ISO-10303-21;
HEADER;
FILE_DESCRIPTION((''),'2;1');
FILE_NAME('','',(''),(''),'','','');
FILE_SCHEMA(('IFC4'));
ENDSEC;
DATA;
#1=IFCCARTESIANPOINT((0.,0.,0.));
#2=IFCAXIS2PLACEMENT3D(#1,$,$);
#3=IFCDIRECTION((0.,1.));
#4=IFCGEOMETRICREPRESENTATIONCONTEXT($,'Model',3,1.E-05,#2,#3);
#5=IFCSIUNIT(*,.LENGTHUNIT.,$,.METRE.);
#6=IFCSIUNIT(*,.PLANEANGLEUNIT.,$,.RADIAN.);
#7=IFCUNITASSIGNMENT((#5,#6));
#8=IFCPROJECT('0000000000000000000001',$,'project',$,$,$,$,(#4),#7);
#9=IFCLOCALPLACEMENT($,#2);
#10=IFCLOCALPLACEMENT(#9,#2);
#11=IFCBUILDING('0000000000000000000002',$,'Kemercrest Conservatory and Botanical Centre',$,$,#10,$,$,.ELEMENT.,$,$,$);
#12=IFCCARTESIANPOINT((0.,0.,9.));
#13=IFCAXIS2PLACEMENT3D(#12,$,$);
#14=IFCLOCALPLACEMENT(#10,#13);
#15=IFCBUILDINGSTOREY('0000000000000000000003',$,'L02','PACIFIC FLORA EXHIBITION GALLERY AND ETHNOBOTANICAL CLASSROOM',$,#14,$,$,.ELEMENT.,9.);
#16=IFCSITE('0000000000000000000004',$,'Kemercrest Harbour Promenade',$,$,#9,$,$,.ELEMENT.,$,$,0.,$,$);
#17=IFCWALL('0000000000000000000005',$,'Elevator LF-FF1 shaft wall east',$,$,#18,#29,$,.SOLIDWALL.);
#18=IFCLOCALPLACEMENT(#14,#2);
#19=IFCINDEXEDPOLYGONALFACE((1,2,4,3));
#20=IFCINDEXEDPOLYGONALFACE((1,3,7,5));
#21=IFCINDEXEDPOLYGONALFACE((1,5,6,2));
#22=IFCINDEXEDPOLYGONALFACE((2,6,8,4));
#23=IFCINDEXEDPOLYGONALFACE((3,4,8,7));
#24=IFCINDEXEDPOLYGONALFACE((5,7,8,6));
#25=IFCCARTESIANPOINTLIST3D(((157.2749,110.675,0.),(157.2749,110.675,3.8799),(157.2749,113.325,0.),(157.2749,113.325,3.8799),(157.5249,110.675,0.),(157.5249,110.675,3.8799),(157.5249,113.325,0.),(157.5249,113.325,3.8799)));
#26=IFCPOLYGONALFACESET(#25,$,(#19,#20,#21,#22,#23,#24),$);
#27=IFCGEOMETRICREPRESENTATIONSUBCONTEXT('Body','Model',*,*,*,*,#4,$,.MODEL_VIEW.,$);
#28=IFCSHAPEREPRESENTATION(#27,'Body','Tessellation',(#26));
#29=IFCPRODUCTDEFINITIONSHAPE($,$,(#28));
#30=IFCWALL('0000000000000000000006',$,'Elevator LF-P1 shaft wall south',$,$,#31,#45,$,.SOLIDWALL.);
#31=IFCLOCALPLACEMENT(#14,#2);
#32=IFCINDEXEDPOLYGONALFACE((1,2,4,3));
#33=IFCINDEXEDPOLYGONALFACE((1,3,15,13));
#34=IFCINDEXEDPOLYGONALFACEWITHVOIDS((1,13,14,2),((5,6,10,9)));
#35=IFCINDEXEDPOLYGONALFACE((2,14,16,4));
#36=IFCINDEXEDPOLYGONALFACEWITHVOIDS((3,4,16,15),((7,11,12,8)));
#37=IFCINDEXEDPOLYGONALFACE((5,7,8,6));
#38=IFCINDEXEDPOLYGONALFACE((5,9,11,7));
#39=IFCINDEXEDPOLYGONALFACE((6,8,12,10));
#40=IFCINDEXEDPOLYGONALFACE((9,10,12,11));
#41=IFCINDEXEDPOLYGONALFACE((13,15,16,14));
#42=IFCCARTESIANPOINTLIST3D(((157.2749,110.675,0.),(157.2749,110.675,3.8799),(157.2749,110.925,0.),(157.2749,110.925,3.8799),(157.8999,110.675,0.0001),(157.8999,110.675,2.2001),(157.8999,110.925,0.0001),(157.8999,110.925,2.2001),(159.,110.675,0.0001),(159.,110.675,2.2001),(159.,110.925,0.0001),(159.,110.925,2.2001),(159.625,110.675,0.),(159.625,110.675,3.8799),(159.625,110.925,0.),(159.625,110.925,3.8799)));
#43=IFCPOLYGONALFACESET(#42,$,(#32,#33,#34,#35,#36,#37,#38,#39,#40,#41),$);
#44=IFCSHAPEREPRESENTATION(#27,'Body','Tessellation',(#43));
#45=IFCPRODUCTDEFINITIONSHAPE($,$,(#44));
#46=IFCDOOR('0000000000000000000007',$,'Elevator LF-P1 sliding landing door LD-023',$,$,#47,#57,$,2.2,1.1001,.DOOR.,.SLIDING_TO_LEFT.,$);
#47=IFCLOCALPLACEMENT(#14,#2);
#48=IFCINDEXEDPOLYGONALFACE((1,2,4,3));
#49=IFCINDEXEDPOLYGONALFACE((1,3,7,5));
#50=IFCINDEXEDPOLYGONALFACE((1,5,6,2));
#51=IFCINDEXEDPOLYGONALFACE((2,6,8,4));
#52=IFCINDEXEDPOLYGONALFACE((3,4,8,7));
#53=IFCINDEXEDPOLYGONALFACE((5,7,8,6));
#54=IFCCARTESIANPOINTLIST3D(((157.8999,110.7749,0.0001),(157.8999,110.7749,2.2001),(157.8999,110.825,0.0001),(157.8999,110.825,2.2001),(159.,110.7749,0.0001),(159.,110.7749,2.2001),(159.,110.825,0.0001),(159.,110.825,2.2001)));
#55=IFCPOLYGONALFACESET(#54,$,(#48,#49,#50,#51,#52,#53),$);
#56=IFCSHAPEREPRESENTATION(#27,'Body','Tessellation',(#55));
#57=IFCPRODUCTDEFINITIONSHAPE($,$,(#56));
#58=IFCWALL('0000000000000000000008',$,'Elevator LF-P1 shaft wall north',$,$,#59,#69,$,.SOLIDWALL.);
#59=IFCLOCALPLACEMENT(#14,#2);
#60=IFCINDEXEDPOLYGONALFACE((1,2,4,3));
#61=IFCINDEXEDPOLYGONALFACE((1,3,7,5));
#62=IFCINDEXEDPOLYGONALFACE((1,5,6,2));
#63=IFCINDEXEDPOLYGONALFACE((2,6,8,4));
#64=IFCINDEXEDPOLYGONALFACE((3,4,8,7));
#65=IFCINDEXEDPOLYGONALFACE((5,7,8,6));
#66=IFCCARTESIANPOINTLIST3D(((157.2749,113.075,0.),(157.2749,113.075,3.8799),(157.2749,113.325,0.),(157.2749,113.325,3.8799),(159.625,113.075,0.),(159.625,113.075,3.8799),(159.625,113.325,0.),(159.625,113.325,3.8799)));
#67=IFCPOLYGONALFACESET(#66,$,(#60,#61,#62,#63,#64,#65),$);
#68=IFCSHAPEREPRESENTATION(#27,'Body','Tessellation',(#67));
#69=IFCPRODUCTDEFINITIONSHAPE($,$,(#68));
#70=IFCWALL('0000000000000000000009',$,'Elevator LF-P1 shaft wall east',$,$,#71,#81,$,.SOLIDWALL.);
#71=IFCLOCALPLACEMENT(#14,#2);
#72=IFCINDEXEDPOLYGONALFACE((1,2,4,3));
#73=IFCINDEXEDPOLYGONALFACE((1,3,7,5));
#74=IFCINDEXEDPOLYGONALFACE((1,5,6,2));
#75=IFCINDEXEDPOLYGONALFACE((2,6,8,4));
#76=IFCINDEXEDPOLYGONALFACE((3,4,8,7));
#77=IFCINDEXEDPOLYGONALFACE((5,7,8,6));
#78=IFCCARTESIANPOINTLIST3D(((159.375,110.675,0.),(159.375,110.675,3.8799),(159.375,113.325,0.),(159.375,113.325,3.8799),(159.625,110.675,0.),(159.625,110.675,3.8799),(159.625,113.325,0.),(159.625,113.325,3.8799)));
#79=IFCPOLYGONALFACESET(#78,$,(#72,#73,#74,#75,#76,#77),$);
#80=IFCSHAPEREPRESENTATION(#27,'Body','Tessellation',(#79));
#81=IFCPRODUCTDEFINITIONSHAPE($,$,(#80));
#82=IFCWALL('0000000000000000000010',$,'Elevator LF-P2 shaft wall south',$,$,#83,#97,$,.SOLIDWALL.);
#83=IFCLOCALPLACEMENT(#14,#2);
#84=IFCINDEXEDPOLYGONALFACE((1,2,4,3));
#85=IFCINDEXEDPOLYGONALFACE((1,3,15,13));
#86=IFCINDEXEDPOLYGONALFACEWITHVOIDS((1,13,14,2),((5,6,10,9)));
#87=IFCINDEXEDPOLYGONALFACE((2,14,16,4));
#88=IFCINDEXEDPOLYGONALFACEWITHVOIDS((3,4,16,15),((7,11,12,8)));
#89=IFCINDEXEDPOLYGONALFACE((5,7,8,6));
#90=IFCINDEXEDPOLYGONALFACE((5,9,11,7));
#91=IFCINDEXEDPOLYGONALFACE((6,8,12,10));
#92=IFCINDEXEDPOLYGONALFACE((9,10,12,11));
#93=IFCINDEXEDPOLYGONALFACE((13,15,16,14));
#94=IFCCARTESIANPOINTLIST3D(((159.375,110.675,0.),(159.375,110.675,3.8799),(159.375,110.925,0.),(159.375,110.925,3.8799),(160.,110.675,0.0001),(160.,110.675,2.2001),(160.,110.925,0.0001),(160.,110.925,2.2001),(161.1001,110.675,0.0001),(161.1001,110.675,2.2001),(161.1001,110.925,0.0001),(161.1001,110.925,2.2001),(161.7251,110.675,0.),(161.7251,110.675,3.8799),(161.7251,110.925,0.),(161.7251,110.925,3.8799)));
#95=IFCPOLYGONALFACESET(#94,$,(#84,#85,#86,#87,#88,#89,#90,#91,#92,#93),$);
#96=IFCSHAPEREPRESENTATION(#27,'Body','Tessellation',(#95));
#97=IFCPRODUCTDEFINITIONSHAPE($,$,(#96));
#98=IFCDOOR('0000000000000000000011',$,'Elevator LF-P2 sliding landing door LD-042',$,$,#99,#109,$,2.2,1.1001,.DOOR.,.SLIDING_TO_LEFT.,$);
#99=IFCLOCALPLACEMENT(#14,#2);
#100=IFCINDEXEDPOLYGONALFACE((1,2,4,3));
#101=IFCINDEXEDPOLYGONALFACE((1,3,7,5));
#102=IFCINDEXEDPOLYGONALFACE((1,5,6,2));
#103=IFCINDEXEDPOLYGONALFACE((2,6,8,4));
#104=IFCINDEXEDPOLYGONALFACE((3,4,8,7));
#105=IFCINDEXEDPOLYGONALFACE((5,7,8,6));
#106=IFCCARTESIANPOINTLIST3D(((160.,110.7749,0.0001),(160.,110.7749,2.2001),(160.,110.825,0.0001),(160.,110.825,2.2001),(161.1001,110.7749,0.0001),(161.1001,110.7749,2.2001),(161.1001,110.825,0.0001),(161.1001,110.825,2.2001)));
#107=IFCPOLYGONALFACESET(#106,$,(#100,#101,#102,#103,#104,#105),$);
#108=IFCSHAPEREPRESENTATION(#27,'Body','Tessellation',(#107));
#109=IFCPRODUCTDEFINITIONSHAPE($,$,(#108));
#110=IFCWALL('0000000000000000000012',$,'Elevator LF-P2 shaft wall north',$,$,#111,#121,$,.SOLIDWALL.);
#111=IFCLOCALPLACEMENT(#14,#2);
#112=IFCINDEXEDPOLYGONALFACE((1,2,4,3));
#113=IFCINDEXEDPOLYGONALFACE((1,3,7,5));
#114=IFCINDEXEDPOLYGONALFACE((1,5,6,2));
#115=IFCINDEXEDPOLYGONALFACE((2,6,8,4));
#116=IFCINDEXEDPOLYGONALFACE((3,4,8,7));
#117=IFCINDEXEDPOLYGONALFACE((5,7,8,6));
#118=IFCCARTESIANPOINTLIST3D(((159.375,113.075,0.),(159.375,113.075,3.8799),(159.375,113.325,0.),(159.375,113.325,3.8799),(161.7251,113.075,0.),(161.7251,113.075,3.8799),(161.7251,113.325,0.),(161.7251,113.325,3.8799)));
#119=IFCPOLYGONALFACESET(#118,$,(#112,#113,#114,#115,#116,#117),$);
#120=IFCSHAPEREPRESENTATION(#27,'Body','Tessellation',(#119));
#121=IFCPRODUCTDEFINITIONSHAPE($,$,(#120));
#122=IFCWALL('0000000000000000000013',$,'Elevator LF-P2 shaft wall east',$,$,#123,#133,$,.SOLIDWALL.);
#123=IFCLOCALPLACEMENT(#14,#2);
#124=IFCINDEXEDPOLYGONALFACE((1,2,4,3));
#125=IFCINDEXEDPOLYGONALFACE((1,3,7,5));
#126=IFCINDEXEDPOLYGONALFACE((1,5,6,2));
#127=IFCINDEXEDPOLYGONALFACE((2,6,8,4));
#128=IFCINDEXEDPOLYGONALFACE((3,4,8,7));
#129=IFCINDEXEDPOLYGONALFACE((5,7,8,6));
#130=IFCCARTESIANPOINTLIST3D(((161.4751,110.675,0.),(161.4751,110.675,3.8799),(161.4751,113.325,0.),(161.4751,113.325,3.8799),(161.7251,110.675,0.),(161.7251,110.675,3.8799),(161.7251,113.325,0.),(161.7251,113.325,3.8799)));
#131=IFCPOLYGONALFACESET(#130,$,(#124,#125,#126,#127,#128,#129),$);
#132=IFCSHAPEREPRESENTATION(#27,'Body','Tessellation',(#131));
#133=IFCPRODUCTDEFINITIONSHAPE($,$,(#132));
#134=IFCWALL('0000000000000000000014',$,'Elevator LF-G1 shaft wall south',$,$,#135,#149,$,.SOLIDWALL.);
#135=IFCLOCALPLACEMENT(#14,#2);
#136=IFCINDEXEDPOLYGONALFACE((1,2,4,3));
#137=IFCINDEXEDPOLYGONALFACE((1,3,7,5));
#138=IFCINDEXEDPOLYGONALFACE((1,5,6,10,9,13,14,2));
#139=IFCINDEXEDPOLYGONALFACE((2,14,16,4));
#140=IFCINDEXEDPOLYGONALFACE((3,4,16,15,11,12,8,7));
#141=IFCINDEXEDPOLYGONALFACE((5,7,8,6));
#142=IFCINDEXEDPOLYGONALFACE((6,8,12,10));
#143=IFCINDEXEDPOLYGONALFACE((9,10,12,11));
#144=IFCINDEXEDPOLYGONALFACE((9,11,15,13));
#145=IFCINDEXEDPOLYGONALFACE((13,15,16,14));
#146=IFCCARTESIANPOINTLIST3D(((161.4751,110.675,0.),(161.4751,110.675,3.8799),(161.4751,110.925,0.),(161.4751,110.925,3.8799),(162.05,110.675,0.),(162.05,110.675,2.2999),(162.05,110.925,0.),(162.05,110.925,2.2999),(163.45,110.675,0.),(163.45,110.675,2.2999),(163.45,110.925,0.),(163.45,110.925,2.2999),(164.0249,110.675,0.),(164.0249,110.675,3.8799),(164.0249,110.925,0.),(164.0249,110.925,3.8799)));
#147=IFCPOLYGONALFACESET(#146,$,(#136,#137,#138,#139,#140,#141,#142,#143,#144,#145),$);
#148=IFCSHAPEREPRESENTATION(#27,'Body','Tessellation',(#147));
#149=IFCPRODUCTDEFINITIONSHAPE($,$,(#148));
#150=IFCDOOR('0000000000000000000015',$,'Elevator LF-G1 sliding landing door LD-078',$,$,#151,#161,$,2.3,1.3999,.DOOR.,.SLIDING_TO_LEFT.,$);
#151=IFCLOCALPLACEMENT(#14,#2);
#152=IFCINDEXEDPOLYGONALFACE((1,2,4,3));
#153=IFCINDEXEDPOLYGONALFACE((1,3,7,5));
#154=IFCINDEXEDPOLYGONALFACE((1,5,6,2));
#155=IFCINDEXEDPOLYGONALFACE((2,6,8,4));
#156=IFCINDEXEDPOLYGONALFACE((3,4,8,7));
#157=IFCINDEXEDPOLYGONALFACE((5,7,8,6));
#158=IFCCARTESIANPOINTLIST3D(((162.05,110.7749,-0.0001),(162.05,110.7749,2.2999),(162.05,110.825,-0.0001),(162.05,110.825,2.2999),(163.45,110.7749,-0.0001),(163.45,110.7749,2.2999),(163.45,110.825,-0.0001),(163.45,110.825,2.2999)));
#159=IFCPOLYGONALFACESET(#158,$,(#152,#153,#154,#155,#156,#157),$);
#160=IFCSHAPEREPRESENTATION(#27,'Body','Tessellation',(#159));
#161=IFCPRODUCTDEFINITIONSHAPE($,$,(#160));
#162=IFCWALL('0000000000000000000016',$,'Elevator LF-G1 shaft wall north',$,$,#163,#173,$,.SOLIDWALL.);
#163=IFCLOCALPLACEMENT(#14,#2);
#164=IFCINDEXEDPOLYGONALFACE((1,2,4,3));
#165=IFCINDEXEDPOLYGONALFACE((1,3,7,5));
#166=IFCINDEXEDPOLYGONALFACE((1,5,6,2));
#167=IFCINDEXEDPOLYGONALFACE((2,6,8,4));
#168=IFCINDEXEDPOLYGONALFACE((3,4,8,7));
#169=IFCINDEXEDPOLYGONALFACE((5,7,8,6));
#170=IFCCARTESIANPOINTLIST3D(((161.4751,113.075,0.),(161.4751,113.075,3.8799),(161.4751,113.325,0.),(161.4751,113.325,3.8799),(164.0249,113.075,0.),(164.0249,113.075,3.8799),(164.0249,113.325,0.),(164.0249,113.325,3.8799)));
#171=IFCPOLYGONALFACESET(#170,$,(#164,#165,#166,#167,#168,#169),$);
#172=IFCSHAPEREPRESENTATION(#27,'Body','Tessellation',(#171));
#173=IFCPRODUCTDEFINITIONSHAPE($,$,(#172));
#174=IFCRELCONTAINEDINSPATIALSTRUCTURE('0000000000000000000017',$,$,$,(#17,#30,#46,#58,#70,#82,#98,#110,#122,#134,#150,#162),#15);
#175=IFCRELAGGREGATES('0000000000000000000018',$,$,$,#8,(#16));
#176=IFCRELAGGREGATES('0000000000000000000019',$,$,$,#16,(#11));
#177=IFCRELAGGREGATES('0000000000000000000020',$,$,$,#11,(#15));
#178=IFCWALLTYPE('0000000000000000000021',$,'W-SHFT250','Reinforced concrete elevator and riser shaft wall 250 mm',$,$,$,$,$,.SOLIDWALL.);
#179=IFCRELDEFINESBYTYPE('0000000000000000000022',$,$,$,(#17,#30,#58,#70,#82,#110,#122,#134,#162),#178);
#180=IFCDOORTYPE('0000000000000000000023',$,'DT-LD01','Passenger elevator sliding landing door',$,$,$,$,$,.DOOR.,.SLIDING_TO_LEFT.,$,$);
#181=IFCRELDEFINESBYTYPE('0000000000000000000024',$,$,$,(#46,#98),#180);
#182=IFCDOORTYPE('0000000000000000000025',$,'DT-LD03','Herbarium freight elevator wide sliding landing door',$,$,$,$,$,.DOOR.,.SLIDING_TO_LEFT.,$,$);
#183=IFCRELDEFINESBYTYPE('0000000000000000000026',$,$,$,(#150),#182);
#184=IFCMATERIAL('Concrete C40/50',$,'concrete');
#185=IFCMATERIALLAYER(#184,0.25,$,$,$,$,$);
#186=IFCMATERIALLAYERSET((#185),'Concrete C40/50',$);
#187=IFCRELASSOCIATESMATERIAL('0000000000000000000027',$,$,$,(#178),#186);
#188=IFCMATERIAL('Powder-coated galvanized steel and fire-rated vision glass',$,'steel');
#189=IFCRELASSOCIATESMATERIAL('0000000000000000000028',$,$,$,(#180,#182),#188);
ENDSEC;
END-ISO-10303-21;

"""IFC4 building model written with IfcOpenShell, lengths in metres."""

from ifc_helpers import new_model, si_unit, direction, frame, frame_2d, origin, place, context, subcontext, project, spatial, rectangle, extrude, material, layer, layer_set, type_object, element, fill, save


model = new_model("IFC4")

# Units and contexts
model_context = context("Model", 3, precision=1e-05, world=origin(), true_north=direction((0.0, 1.0)))
body_context = subcontext(model_context, "Body", "Model", "MODEL_VIEW")
ifc_project = project(units=[si_unit("LENGTHUNIT", "METRE"), si_unit("PLANEANGLEUNIT", "RADIAN")], contexts=[model_context])

# Site, building, storey
site_placement = place(None, origin())
site = spatial("IfcSite", under=ifc_project, at=site_placement, Name="Kemercrest Harbour Promenade", CompositionType="ELEMENT", RefElevation=0.0)
building_placement = place(site_placement, origin())
building = spatial("IfcBuilding", under=site, at=building_placement, Name="Kemercrest Conservatory and Botanical Centre", CompositionType="ELEMENT")
storey_placement = place(building_placement, frame((0.0, 0.0, 9.0)))
storey = spatial("IfcBuildingStorey", under=building, at=storey_placement, Name="L02", Description="PACIFIC FLORA EXHIBITION GALLERY AND ETHNOBOTANICAL CLASSROOM", CompositionType="ELEMENT", Elevation=9.0)

# Shared definitions
ifc_material_1 = material(Name="Concrete C40/50", Category="concrete")

# Shared definitions
ifc_layer_1 = layer(ifc_material_1, 0.25)
ifc_layer_set_1 = layer_set([ifc_layer_1], Name="Concrete C40/50")
wall_type_1 = type_object("IfcWallType", Name="W-SHFT250", Description="Reinforced concrete elevator and riser shaft wall 250 mm", PredefinedType="SOLIDWALL", material=ifc_layer_set_1)
ifc_material_2 = material(Name="Powder-coated galvanized steel and fire-rated vision glass", Category="steel")

# Wall
wall_1_placement = place(storey_placement, frame((157.3999, 110.675, 0.0), z_axis=(0.0, 0.0, 1.0), x_axis=(0.0, 1.0, 0.0)))
element("IfcWall", 1, at=wall_1_placement, inside=storey, type_object=wall_type_1, Name="Elevator LF-FF1 shaft wall east", PredefinedType="SOLIDWALL", context=body_context, shape_type="SweptSolid", body=[
    extrude(rectangle(XDim=2.6499, YDim=0.25, at=frame_2d((1.325, 0.0))), origin(), (0.0, 0.0, 1.0), 3.8799),
])

# Wall, opening, door
wall_2_placement = place(storey_placement, frame((157.2749, 110.8, 0.0), z_axis=(0.0, 0.0, 1.0), x_axis=(1.0, 0.0, 0.0)))
wall_2 = element("IfcWall", 2, at=wall_2_placement, inside=storey, type_object=wall_type_1, Name="Elevator LF-P1 shaft wall south", PredefinedType="SOLIDWALL", context=body_context, shape_type="SweptSolid", body=[
    extrude(rectangle(XDim=2.3501, YDim=0.25, at=frame_2d((1.175, 0.0))), origin(), (0.0, 0.0, 1.0), 3.8799),
])
opening_1_placement = place(wall_2_placement, frame((0.625, 0.0, 0.0)))
opening_1 = element("IfcOpeningElement", 3, at=opening_1_placement, cuts=wall_2, PredefinedType="OPENING", context=body_context, shape_type="SweptSolid", body=[
    extrude(rectangle(XDim=1.1001, YDim=2.2, at=frame_2d((0.55, 1.1001))), frame((0.0, 0.135, 0.0), z_axis=(0.0, -1.0, 0.0), x_axis=(1.0, 0.0, 0.0)), (0.0, 0.0, 1.0), 0.27),
])
door_type_1 = type_object("IfcDoorType", Name="DT-LD01", Description="Passenger elevator sliding landing door", OperationType="SLIDING_TO_LEFT", PredefinedType="DOOR", material=ifc_material_2)
door_1_placement = place(opening_1_placement, origin())
door_1 = element("IfcDoor", 4, at=door_1_placement, inside=storey, type_object=door_type_1, Name="Elevator LF-P1 sliding landing door LD-023", OperationType="SLIDING_TO_LEFT", OverallHeight=2.2, OverallWidth=1.1001, PredefinedType="DOOR", context=body_context, shape_type="SweptSolid", body=[
    extrude(rectangle(XDim=1.1001, YDim=2.2, at=frame_2d((0.55, 1.1001))), frame((0.0, 0.0249, 0.0), z_axis=(0.0, -1.0, 0.0), x_axis=(1.0, 0.0, 0.0)), (0.0, 0.0, 1.0), 0.05),
])
fill(opening_1, door_1)

# Walls
wall_3_placement = place(storey_placement, frame((157.2749, 113.2, 0.0), z_axis=(0.0, 0.0, 1.0), x_axis=(1.0, 0.0, 0.0)))
element("IfcWall", 5, at=wall_3_placement, inside=storey, type_object=wall_type_1, Name="Elevator LF-P1 shaft wall north", PredefinedType="SOLIDWALL", context=body_context, shape_type="SweptSolid", body=[
    extrude(rectangle(XDim=2.3501, YDim=0.25, at=frame_2d((1.175, 0.0))), origin(), (0.0, 0.0, 1.0), 3.8799),
])
wall_4_placement = place(storey_placement, frame((159.5, 110.675, 0.0), z_axis=(0.0, 0.0, 1.0), x_axis=(0.0, 1.0, 0.0)))
element("IfcWall", 6, at=wall_4_placement, inside=storey, type_object=wall_type_1, Name="Elevator LF-P1 shaft wall east", PredefinedType="SOLIDWALL", context=body_context, shape_type="SweptSolid", body=[
    extrude(rectangle(XDim=2.6499, YDim=0.25, at=frame_2d((1.325, 0.0))), origin(), (0.0, 0.0, 1.0), 3.8799),
])

# Wall, opening, door
wall_5_placement = place(storey_placement, frame((159.375, 110.8, 0.0), z_axis=(0.0, 0.0, 1.0), x_axis=(1.0, 0.0, 0.0)))
wall_5 = element("IfcWall", 7, at=wall_5_placement, inside=storey, type_object=wall_type_1, Name="Elevator LF-P2 shaft wall south", PredefinedType="SOLIDWALL", context=body_context, shape_type="SweptSolid", body=[
    extrude(rectangle(XDim=2.3501, YDim=0.25, at=frame_2d((1.175, 0.0))), origin(), (0.0, 0.0, 1.0), 3.8799),
])
opening_2_placement = place(wall_5_placement, frame((0.625, 0.0, 0.0)))
opening_2 = element("IfcOpeningElement", 8, at=opening_2_placement, cuts=wall_5, PredefinedType="OPENING", context=body_context, shape_type="SweptSolid", body=[
    extrude(rectangle(XDim=1.1001, YDim=2.2, at=frame_2d((0.55, 1.1001))), frame((0.0, 0.135, 0.0), z_axis=(0.0, -1.0, 0.0), x_axis=(1.0, 0.0, 0.0)), (0.0, 0.0, 1.0), 0.27),
])
door_2_placement = place(opening_2_placement, origin())
door_2 = element("IfcDoor", 9, at=door_2_placement, inside=storey, type_object=door_type_1, Name="Elevator LF-P2 sliding landing door LD-042", OperationType="SLIDING_TO_LEFT", OverallHeight=2.2, OverallWidth=1.1001, PredefinedType="DOOR", context=body_context, shape_type="SweptSolid", body=[
    extrude(rectangle(XDim=1.1001, YDim=2.2, at=frame_2d((0.55, 1.1001))), frame((0.0, 0.0249, 0.0), z_axis=(0.0, -1.0, 0.0), x_axis=(1.0, 0.0, 0.0)), (0.0, 0.0, 1.0), 0.05),
])
fill(opening_2, door_2)

# Walls
wall_6_placement = place(storey_placement, frame((159.375, 113.2, 0.0), z_axis=(0.0, 0.0, 1.0), x_axis=(1.0, 0.0, 0.0)))
element("IfcWall", 10, at=wall_6_placement, inside=storey, type_object=wall_type_1, Name="Elevator LF-P2 shaft wall north", PredefinedType="SOLIDWALL", context=body_context, shape_type="SweptSolid", body=[
    extrude(rectangle(XDim=2.3501, YDim=0.25, at=frame_2d((1.175, 0.0))), origin(), (0.0, 0.0, 1.0), 3.8799),
])
wall_7_placement = place(storey_placement, frame((161.6001, 110.675, 0.0), z_axis=(0.0, 0.0, 1.0), x_axis=(0.0, 1.0, 0.0)))
element("IfcWall", 11, at=wall_7_placement, inside=storey, type_object=wall_type_1, Name="Elevator LF-P2 shaft wall east", PredefinedType="SOLIDWALL", context=body_context, shape_type="SweptSolid", body=[
    extrude(rectangle(XDim=2.6499, YDim=0.25, at=frame_2d((1.325, 0.0))), origin(), (0.0, 0.0, 1.0), 3.8799),
])

# Wall, opening, door
wall_8_placement = place(storey_placement, frame((161.4751, 110.8, 0.0), z_axis=(0.0, 0.0, 1.0), x_axis=(1.0, 0.0, 0.0)))
wall_8 = element("IfcWall", 12, at=wall_8_placement, inside=storey, type_object=wall_type_1, Name="Elevator LF-G1 shaft wall south", PredefinedType="SOLIDWALL", context=body_context, shape_type="SweptSolid", body=[
    extrude(rectangle(XDim=2.5498, YDim=0.25, at=frame_2d((1.2749, 0.0))), origin(), (0.0, 0.0, 1.0), 3.8799),
])
opening_3_placement = place(wall_8_placement, frame((0.575, 0.0, 0.0)))
opening_3 = element("IfcOpeningElement", 13, at=opening_3_placement, cuts=wall_8, PredefinedType="OPENING", context=body_context, shape_type="SweptSolid", body=[
    extrude(rectangle(XDim=1.3999, YDim=2.3, at=frame_2d((0.7, 1.1499))), frame((0.0, 0.135, 0.0), z_axis=(0.0, -1.0, 0.0), x_axis=(1.0, 0.0, 0.0)), (0.0, 0.0, 1.0), 0.27),
])
door_type_2 = type_object("IfcDoorType", Name="DT-LD03", Description="Herbarium freight elevator wide sliding landing door", OperationType="SLIDING_TO_LEFT", PredefinedType="DOOR", material=ifc_material_2)
door_3_placement = place(opening_3_placement, origin())
door_3 = element("IfcDoor", 14, at=door_3_placement, inside=storey, type_object=door_type_2, Name="Elevator LF-G1 sliding landing door LD-078", OperationType="SLIDING_TO_LEFT", OverallHeight=2.3, OverallWidth=1.3999, PredefinedType="DOOR", context=body_context, shape_type="SweptSolid", body=[
    extrude(rectangle(XDim=1.3999, YDim=2.3, at=frame_2d((0.7, 1.1499))), frame((0.0, 0.0249, 0.0), z_axis=(0.0, -1.0, 0.0), x_axis=(1.0, 0.0, 0.0)), (0.0, 0.0, 1.0), 0.05),
])
fill(opening_3, door_3)

# Wall
wall_9_placement = place(storey_placement, frame((161.4751, 113.2, 0.0), z_axis=(0.0, 0.0, 1.0), x_axis=(1.0, 0.0, 0.0)))
element("IfcWall", 15, at=wall_9_placement, inside=storey, type_object=wall_type_1, Name="Elevator LF-G1 shaft wall north", PredefinedType="SOLIDWALL", context=body_context, shape_type="SweptSolid", body=[
    extrude(rectangle(XDim=2.5498, YDim=0.25, at=frame_2d((1.2749, 0.0))), origin(), (0.0, 0.0, 1.0), 3.8799),
])

save(model, "model.ifc")
